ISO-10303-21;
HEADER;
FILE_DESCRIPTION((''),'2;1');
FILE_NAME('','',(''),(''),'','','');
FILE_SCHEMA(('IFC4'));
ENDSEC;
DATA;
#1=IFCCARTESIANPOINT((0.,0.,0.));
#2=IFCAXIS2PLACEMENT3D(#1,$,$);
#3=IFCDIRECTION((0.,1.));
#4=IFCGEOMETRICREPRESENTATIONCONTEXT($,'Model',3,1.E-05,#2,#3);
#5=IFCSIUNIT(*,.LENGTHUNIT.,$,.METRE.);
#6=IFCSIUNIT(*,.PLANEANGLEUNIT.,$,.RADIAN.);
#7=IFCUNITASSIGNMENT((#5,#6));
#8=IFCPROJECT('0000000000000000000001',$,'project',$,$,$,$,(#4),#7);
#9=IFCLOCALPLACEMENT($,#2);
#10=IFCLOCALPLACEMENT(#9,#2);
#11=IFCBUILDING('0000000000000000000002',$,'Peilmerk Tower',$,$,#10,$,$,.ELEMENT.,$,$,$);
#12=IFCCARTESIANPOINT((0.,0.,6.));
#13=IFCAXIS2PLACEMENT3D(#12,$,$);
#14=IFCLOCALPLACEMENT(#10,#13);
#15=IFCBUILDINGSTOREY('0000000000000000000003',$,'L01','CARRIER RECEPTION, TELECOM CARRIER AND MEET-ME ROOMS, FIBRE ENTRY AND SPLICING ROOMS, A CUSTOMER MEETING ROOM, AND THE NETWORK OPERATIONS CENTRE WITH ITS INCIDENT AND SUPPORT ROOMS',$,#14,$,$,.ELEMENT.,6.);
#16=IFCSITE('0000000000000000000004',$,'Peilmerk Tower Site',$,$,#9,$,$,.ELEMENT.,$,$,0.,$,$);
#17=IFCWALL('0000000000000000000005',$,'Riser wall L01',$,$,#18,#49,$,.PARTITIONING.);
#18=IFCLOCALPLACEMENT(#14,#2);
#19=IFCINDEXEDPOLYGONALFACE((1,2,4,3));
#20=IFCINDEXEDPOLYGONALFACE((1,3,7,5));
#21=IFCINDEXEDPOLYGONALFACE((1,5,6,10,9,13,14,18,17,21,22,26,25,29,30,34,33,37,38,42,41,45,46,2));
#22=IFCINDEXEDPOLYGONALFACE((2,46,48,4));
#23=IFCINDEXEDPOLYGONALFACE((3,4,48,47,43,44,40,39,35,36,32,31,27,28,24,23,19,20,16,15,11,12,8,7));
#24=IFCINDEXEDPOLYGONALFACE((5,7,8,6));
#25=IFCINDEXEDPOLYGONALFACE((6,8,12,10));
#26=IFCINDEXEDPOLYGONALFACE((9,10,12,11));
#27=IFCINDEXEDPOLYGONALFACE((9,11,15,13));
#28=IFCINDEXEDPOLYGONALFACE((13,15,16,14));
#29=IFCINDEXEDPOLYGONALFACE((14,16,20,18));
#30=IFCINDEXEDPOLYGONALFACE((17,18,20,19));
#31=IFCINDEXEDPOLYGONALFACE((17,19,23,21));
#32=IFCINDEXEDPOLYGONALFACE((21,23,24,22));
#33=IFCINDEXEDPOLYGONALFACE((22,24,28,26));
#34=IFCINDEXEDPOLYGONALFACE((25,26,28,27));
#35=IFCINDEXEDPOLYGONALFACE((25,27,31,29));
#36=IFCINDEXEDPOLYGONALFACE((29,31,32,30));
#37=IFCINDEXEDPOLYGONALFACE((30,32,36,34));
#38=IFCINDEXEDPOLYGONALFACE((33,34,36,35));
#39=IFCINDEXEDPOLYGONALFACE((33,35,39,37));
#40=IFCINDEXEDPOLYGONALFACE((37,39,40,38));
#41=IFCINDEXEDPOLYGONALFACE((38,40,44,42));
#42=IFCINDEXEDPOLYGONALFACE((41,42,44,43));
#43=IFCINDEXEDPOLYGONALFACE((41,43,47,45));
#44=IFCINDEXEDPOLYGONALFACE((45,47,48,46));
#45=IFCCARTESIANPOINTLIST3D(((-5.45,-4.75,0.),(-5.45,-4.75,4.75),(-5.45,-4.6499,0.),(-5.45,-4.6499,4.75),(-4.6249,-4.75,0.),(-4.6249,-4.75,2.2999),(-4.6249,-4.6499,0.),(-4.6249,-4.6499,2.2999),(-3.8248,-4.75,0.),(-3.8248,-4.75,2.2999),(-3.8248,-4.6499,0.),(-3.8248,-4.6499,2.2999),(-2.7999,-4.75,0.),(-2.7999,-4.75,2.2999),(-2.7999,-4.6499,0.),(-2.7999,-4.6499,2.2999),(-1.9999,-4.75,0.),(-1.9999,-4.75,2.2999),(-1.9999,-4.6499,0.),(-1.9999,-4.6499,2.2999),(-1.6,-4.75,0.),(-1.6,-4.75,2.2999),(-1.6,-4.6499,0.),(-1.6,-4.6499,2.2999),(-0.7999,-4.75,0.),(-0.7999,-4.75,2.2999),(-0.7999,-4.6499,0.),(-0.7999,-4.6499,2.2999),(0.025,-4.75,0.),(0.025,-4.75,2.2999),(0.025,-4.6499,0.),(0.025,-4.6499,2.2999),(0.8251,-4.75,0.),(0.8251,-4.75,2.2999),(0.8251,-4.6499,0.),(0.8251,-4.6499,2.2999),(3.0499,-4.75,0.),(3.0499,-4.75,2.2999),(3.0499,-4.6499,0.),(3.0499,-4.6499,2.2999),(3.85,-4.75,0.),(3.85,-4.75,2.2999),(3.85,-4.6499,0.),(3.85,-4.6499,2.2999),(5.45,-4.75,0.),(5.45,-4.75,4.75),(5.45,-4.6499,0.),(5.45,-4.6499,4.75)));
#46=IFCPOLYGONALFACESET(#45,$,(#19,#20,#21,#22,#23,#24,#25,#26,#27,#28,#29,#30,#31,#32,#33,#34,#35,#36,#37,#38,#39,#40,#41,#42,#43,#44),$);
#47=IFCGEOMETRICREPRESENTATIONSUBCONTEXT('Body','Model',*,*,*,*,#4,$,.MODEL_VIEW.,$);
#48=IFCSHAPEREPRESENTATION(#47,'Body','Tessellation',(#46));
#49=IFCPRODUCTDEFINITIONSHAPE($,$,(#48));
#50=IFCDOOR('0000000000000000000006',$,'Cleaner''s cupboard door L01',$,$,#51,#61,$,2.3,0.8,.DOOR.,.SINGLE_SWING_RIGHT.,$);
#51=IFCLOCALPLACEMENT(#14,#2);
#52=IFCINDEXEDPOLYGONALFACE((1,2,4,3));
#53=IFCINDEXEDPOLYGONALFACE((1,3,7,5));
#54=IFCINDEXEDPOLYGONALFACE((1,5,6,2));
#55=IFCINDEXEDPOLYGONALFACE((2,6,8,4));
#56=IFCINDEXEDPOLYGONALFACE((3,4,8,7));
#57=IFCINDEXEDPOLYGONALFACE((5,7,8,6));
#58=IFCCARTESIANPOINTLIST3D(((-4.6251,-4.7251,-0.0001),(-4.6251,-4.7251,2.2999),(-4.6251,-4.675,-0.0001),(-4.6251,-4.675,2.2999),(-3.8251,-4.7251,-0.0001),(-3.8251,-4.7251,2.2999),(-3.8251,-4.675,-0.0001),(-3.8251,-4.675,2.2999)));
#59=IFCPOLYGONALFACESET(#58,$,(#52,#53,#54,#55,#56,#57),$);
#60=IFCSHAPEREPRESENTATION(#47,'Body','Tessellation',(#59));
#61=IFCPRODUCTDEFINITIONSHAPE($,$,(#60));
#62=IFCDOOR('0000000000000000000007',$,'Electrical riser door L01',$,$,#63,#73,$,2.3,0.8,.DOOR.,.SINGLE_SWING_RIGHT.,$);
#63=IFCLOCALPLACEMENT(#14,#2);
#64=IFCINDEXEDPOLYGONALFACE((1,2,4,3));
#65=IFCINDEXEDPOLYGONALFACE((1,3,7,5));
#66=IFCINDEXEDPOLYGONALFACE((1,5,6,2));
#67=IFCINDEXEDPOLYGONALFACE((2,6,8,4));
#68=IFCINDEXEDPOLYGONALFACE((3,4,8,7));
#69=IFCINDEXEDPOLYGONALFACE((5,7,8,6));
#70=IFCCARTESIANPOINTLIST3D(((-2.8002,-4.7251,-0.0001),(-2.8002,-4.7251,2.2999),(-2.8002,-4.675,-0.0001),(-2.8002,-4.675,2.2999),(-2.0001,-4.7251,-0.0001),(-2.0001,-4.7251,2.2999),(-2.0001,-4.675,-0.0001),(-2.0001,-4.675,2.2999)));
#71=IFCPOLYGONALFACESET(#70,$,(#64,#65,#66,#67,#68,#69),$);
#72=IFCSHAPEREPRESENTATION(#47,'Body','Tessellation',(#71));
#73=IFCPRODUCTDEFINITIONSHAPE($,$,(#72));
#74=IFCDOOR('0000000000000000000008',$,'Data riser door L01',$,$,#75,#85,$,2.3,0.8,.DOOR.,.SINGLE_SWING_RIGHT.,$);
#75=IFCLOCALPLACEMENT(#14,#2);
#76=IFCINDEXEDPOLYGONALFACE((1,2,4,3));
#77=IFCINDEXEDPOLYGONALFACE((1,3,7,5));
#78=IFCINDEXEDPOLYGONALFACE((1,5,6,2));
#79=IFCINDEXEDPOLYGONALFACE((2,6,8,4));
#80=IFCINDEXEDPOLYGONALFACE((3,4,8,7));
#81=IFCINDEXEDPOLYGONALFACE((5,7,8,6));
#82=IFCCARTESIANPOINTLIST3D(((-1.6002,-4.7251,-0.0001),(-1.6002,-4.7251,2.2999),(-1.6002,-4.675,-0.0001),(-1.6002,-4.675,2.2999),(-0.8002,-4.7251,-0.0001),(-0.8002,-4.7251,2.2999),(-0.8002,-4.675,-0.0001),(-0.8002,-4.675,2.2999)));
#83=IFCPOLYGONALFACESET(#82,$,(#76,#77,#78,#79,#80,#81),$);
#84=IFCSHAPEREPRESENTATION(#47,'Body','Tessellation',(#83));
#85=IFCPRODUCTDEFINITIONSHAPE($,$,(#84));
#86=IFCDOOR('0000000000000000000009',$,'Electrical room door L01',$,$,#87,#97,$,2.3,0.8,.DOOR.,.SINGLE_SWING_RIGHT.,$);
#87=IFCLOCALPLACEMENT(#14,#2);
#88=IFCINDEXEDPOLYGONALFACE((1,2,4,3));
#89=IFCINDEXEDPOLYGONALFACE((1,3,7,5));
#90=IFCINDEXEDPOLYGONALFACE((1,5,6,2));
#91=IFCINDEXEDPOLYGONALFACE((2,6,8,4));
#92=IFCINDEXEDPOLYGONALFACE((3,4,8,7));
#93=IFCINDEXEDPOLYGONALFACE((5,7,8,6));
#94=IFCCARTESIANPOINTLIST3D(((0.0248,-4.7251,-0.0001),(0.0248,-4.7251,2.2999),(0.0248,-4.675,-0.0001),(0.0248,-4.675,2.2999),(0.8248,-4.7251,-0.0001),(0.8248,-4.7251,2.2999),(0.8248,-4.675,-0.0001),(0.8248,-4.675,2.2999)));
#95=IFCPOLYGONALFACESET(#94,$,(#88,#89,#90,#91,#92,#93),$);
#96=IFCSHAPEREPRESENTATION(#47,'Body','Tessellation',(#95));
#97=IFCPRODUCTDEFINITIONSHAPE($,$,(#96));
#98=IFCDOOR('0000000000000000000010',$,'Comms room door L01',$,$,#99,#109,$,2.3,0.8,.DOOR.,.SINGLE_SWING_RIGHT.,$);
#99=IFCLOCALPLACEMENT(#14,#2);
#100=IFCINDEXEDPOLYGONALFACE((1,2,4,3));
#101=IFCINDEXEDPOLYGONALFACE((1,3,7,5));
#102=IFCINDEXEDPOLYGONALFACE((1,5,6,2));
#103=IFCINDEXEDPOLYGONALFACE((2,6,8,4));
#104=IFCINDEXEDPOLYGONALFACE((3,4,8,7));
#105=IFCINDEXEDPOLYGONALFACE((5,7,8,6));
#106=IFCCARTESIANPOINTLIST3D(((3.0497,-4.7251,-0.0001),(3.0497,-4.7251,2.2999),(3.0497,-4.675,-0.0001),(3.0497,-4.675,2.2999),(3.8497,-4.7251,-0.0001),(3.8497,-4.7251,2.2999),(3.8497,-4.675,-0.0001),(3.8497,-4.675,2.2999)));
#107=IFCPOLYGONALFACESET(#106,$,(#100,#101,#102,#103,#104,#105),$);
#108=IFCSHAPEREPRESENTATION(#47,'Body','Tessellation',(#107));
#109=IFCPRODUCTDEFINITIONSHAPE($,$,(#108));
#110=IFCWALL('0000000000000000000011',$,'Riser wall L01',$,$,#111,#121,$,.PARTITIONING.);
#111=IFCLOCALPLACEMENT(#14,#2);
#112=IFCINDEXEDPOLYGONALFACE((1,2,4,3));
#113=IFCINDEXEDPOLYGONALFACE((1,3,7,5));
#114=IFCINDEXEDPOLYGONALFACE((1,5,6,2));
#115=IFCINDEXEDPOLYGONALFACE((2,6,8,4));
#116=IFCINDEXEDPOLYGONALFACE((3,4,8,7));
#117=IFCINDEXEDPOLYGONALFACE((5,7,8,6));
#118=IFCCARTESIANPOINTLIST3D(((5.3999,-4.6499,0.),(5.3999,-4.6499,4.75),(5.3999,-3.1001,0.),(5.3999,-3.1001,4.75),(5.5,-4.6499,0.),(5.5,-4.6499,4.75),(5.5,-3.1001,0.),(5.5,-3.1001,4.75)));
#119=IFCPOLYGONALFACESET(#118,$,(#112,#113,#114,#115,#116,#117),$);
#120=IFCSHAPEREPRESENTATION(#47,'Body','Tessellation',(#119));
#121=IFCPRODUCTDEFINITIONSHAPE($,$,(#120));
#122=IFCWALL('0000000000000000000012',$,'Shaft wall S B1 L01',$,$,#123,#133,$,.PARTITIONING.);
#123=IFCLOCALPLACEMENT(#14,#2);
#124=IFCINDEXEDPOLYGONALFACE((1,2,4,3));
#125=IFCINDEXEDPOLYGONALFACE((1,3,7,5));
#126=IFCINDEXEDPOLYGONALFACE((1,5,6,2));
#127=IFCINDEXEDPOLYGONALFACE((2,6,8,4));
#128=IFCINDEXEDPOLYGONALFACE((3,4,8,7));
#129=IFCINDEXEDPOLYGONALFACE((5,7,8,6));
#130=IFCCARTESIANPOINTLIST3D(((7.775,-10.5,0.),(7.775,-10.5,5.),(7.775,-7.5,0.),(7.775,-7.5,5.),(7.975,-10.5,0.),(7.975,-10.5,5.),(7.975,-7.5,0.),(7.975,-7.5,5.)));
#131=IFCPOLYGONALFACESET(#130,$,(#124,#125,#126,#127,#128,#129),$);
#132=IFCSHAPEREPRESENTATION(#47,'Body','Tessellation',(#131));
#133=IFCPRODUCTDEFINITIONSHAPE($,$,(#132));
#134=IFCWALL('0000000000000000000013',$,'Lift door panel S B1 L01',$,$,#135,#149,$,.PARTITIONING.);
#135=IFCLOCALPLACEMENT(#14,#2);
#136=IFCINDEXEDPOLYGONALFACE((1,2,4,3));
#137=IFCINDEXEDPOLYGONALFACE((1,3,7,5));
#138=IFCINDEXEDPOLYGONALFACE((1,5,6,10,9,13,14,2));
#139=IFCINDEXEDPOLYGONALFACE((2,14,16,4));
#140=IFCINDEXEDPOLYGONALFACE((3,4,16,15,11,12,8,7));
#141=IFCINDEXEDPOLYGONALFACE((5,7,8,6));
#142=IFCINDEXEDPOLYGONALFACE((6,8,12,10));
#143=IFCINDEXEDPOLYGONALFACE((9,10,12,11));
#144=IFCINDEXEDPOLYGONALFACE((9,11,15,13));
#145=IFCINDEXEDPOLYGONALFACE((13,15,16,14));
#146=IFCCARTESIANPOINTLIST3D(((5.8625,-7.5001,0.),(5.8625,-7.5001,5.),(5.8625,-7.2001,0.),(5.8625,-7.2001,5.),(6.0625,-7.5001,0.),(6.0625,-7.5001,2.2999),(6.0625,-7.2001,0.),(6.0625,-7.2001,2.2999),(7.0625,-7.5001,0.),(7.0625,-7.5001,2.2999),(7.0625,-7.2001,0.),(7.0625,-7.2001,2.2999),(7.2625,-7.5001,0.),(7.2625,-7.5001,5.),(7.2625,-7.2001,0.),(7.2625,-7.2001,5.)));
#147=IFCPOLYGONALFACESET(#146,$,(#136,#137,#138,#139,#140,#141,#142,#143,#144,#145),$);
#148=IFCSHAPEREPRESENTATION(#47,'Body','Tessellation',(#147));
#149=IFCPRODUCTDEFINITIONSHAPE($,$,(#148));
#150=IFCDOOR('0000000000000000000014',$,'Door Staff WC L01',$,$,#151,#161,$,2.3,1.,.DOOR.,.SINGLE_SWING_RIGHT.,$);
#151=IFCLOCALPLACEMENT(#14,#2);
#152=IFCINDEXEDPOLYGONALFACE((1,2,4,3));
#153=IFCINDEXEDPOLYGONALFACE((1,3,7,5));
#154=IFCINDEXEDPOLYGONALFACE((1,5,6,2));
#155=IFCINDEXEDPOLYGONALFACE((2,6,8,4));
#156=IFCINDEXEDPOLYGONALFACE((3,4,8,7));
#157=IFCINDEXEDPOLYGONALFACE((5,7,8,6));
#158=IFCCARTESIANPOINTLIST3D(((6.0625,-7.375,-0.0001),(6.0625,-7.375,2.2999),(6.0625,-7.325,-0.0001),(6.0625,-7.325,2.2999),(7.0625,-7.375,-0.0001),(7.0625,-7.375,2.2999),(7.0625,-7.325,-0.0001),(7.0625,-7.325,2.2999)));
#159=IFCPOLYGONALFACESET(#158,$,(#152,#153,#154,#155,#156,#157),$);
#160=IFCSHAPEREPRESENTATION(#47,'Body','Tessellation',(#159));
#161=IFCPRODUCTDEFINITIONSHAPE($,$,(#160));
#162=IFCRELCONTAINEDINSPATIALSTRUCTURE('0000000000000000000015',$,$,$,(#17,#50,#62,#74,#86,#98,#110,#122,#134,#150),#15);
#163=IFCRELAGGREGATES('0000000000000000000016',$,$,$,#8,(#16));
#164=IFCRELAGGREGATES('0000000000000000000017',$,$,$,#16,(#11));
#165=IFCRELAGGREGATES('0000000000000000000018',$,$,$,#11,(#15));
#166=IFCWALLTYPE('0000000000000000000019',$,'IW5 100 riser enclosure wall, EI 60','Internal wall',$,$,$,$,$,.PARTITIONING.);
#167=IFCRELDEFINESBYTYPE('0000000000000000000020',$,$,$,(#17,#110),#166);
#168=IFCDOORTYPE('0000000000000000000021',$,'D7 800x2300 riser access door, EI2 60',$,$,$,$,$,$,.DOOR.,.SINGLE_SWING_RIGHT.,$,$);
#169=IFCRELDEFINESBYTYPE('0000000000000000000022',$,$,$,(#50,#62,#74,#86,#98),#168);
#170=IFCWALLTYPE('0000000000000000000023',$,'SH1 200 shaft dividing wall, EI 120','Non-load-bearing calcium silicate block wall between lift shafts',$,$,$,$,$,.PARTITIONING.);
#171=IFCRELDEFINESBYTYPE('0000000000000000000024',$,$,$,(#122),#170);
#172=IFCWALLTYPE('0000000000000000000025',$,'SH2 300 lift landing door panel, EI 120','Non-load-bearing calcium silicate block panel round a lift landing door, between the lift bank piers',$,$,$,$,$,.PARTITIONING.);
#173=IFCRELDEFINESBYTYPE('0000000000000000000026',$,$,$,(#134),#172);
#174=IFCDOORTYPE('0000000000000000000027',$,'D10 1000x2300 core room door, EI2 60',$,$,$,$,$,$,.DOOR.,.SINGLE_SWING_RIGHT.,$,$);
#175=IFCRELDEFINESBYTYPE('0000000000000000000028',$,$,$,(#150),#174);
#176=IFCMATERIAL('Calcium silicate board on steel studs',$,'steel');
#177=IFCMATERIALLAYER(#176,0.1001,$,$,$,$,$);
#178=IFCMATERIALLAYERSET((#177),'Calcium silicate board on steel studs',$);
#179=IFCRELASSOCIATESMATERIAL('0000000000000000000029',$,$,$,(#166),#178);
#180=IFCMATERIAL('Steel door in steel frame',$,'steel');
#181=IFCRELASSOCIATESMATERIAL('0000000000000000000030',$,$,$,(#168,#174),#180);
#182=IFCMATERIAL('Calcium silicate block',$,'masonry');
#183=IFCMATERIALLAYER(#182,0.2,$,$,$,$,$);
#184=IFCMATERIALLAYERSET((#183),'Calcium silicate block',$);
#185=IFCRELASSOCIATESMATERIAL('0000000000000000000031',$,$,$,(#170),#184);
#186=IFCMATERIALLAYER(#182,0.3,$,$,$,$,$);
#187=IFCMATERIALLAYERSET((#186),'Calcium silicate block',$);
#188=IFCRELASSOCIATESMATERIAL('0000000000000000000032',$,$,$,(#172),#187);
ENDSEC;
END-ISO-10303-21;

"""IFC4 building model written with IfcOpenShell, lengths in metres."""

from ifc_helpers import new_model, si_unit, direction, frame, frame_2d, origin, place, context, subcontext, project, spatial, rectangle, extrude, material, layer, layer_set, type_object, element, fill, save


model = new_model("IFC4")

# Units and contexts
model_context = context("Model", 3, precision=1e-05, world=origin(), true_north=direction((0.0, 1.0)))
body_context = subcontext(model_context, "Body", "Model", "MODEL_VIEW")
ifc_project = project(units=[si_unit("LENGTHUNIT", "METRE"), si_unit("PLANEANGLEUNIT", "RADIAN")], contexts=[model_context])

# Site, building, storey
site_placement = place(None, origin())
site = spatial("IfcSite", under=ifc_project, at=site_placement, Name="Peilmerk Tower Site", CompositionType="ELEMENT", RefElevation=0.0)
building_placement = place(site_placement, origin())
building = spatial("IfcBuilding", under=site, at=building_placement, Name="Peilmerk Tower", CompositionType="ELEMENT")
storey_placement = place(building_placement, frame((0.0, 0.0, 6.0)))
storey = spatial("IfcBuildingStorey", under=building, at=storey_placement, Name="L01", Description="CARRIER RECEPTION, TELECOM CARRIER AND MEET-ME ROOMS, FIBRE ENTRY AND SPLICING ROOMS, A CUSTOMER MEETING ROOM, AND THE NETWORK OPERATIONS CENTRE WITH ITS INCIDENT AND SUPPORT ROOMS", CompositionType="ELEMENT", Elevation=6.0)

# Shared definitions
ifc_material_1 = material(Name="Steel door in steel frame", Category="steel")

# Shared definitions
ifc_material_2 = material(Name="Calcium silicate board on steel studs", Category="steel")
ifc_layer_1 = layer(ifc_material_2, 0.1001)
ifc_layer_set_1 = layer_set([ifc_layer_1], Name="Calcium silicate board on steel studs")
wall_type_1 = type_object("IfcWallType", Name="IW5 100 riser enclosure wall, EI 60", Description="Internal wall", PredefinedType="PARTITIONING", material=ifc_layer_set_1)

# Wall, openings, doors
wall_1_placement = place(storey_placement, frame((5.45, -4.7, 0.0), z_axis=(0.0, 0.0, 1.0), x_axis=(-1.0, 0.0, 0.0)))
wall_1 = element("IfcWall", 1, at=wall_1_placement, inside=storey, type_object=wall_type_1, Name="Riser wall L01", PredefinedType="PARTITIONING", context=body_context, shape_type="SweptSolid", body=[
    extrude(rectangle(XDim=10.8999, YDim=0.1001, at=frame_2d((5.45, 0.0))), origin(), (0.0, 0.0, 1.0), 4.75),
])
opening_1_placement = place(wall_1_placement, frame((9.2749, 0.0, 0.0)))
opening_1 = element("IfcOpeningElement", 2, at=opening_1_placement, cuts=wall_1, PredefinedType="OPENING", context=body_context, shape_type="SweptSolid", body=[
    extrude(rectangle(XDim=0.8, YDim=2.3, at=frame_2d((0.3999, 1.1499))), frame((0.0, 0.0601, 0.0), z_axis=(0.0, -1.0, 0.0), x_axis=(1.0, 0.0, 0.0)), (0.0, 0.0, 1.0), 0.1201),
])
opening_2_placement = place(wall_1_placement, frame((7.45, 0.0, 0.0)))
opening_2 = element("IfcOpeningElement", 3, at=opening_2_placement, cuts=wall_1, PredefinedType="OPENING", context=body_context, shape_type="SweptSolid", body=[
    extrude(rectangle(XDim=0.8, YDim=2.3, at=frame_2d((0.3999, 1.1499))), frame((0.0, 0.0601, 0.0), z_axis=(0.0, -1.0, 0.0), x_axis=(1.0, 0.0, 0.0)), (0.0, 0.0, 1.0), 0.1201),
])
opening_3_placement = place(wall_1_placement, frame((6.25, 0.0, 0.0)))
opening_3 = element("IfcOpeningElement", 4, at=opening_3_placement, cuts=wall_1, PredefinedType="OPENING", context=body_context, shape_type="SweptSolid", body=[
    extrude(rectangle(XDim=0.8, YDim=2.3, at=frame_2d((0.3999, 1.1499))), frame((0.0, 0.0601, 0.0), z_axis=(0.0, -1.0, 0.0), x_axis=(1.0, 0.0, 0.0)), (0.0, 0.0, 1.0), 0.1201),
])
opening_4_placement = place(wall_1_placement, frame((4.625, 0.0, 0.0)))
opening_4 = element("IfcOpeningElement", 5, at=opening_4_placement, cuts=wall_1, PredefinedType="OPENING", context=body_context, shape_type="SweptSolid", body=[
    extrude(rectangle(XDim=0.8, YDim=2.3, at=frame_2d((0.3999, 1.1499))), frame((0.0, 0.0601, 0.0), z_axis=(0.0, -1.0, 0.0), x_axis=(1.0, 0.0, 0.0)), (0.0, 0.0, 1.0), 0.1201),
])
opening_5_placement = place(wall_1_placement, frame((1.6001, 0.0, 0.0)))
opening_5 = element("IfcOpeningElement", 6, at=opening_5_placement, cuts=wall_1, PredefinedType="OPENING", context=body_context, shape_type="SweptSolid", body=[
    extrude(rectangle(XDim=0.8, YDim=2.3, at=frame_2d((0.3999, 1.1499))), frame((0.0, 0.0601, 0.0), z_axis=(0.0, -1.0, 0.0), x_axis=(1.0, 0.0, 0.0)), (0.0, 0.0, 1.0), 0.1201),
])
door_type_1 = type_object("IfcDoorType", Name="D7 800x2300 riser access door, EI2 60", OperationType="SINGLE_SWING_RIGHT", PredefinedType="DOOR", material=ifc_material_1)
door_1_placement = place(opening_1_placement, frame((0.8, 0.0, 0.0), z_axis=(0.0, 0.0, 1.0), x_axis=(-1.0, 0.0, 0.0)))
door_1 = element("IfcDoor", 7, at=door_1_placement, inside=storey, type_object=door_type_1, Name="Cleaner's cupboard door L01", OperationType="SINGLE_SWING_RIGHT", OverallHeight=2.3, OverallWidth=0.8, PredefinedType="DOOR", context=body_context, shape_type="SweptSolid", body=[
    extrude(rectangle(XDim=0.8, YDim=2.3, at=frame_2d((0.3999, 1.1499))), frame((0.0, 0.0249, 0.0), z_axis=(0.0, -1.0, 0.0), x_axis=(1.0, 0.0, 0.0)), (0.0, 0.0, 1.0), 0.05),
])
fill(opening_1, door_1)
door_2_placement = place(opening_2_placement, frame((0.8, 0.0, 0.0), z_axis=(0.0, 0.0, 1.0), x_axis=(-1.0, 0.0, 0.0)))
door_2 = element("IfcDoor", 8, at=door_2_placement, inside=storey, type_object=door_type_1, Name="Electrical riser door L01", OperationType="SINGLE_SWING_RIGHT", OverallHeight=2.3, OverallWidth=0.8, PredefinedType="DOOR", context=body_context, shape_type="SweptSolid", body=[
    extrude(rectangle(XDim=0.8, YDim=2.3, at=frame_2d((0.3999, 1.1499))), frame((0.0, 0.0249, 0.0), z_axis=(0.0, -1.0, 0.0), x_axis=(1.0, 0.0, 0.0)), (0.0, 0.0, 1.0), 0.05),
])
fill(opening_2, door_2)
door_3_placement = place(opening_3_placement, frame((0.8, 0.0, 0.0), z_axis=(0.0, 0.0, 1.0), x_axis=(-1.0, 0.0, 0.0)))
door_3 = element("IfcDoor", 9, at=door_3_placement, inside=storey, type_object=door_type_1, Name="Data riser door L01", OperationType="SINGLE_SWING_RIGHT", OverallHeight=2.3, OverallWidth=0.8, PredefinedType="DOOR", context=body_context, shape_type="SweptSolid", body=[
    extrude(rectangle(XDim=0.8, YDim=2.3, at=frame_2d((0.3999, 1.1499))), frame((0.0, 0.0249, 0.0), z_axis=(0.0, -1.0, 0.0), x_axis=(1.0, 0.0, 0.0)), (0.0, 0.0, 1.0), 0.05),
])
fill(opening_3, door_3)
door_4_placement = place(opening_4_placement, frame((0.8, 0.0, 0.0), z_axis=(0.0, 0.0, 1.0), x_axis=(-1.0, 0.0, 0.0)))
door_4 = element("IfcDoor", 10, at=door_4_placement, inside=storey, type_object=door_type_1, Name="Electrical room door L01", OperationType="SINGLE_SWING_RIGHT", OverallHeight=2.3, OverallWidth=0.8, PredefinedType="DOOR", context=body_context, shape_type="SweptSolid", body=[
    extrude(rectangle(XDim=0.8, YDim=2.3, at=frame_2d((0.3999, 1.1499))), frame((0.0, 0.0249, 0.0), z_axis=(0.0, -1.0, 0.0), x_axis=(1.0, 0.0, 0.0)), (0.0, 0.0, 1.0), 0.05),
])
fill(opening_4, door_4)
door_5_placement = place(opening_5_placement, frame((0.8, 0.0, 0.0), z_axis=(0.0, 0.0, 1.0), x_axis=(-1.0, 0.0, 0.0)))
door_5 = element("IfcDoor", 11, at=door_5_placement, inside=storey, type_object=door_type_1, Name="Comms room door L01", OperationType="SINGLE_SWING_RIGHT", OverallHeight=2.3, OverallWidth=0.8, PredefinedType="DOOR", context=body_context, shape_type="SweptSolid", body=[
    extrude(rectangle(XDim=0.8, YDim=2.3, at=frame_2d((0.3999, 1.1499))), frame((0.0, 0.0249, 0.0), z_axis=(0.0, -1.0, 0.0), x_axis=(1.0, 0.0, 0.0)), (0.0, 0.0, 1.0), 0.05),
])
fill(opening_5, door_5)

# Walls
wall_2_placement = place(storey_placement, frame((5.45, -3.1001, 0.0), z_axis=(0.0, 0.0, 1.0), x_axis=(0.0, -1.0, 0.0)))
element("IfcWall", 12, at=wall_2_placement, inside=storey, type_object=wall_type_1, Name="Riser wall L01", PredefinedType="PARTITIONING", context=body_context, shape_type="SweptSolid", body=[
    extrude(rectangle(XDim=1.5498, YDim=0.1001, at=frame_2d((0.7749, 0.0))), origin(), (0.0, 0.0, 1.0), 4.75),
])
ifc_material_3 = material(Name="Calcium silicate block", Category="masonry")
ifc_layer_2 = layer(ifc_material_3, 0.2)
ifc_layer_set_2 = layer_set([ifc_layer_2], Name="Calcium silicate block")
wall_type_2 = type_object("IfcWallType", Name="SH1 200 shaft dividing wall, EI 120", Description="Non-load-bearing calcium silicate block wall between lift shafts", PredefinedType="PARTITIONING", material=ifc_layer_set_2)
wall_3_placement = place(storey_placement, frame((7.875, -10.5, 0.0), z_axis=(0.0, 0.0, 1.0), x_axis=(0.0, 1.0, 0.0)))
element("IfcWall", 13, at=wall_3_placement, inside=storey, type_object=wall_type_2, Name="Shaft wall S B1 L01", PredefinedType="PARTITIONING", context=body_context, shape_type="SweptSolid", body=[
    extrude(rectangle(XDim=3.0, YDim=0.2, at=frame_2d((1.5, 0.0))), origin(), (0.0, 0.0, 1.0), 5.0),
])

# Wall, opening, door
ifc_layer_3 = layer(ifc_material_3, 0.3)
ifc_layer_set_3 = layer_set([ifc_layer_3], Name="Calcium silicate block")
wall_type_3 = type_object("IfcWallType", Name="SH2 300 lift landing door panel, EI 120", Description="Non-load-bearing calcium silicate block panel round a lift landing door, between the lift bank piers", PredefinedType="PARTITIONING", material=ifc_layer_set_3)
wall_4_placement = place(storey_placement, frame((5.8625, -7.3501, 0.0), z_axis=(0.0, 0.0, 1.0), x_axis=(1.0, 0.0, 0.0)))
wall_4 = element("IfcWall", 14, at=wall_4_placement, inside=storey, type_object=wall_type_3, Name="Lift door panel S B1 L01", PredefinedType="PARTITIONING", context=body_context, shape_type="SweptSolid", body=[
    extrude(rectangle(XDim=1.3999, YDim=0.3, at=frame_2d((0.7, 0.0))), origin(), (0.0, 0.0, 1.0), 5.0),
])
opening_6_placement = place(wall_4_placement, frame((0.2, 0.0, 0.0)))
opening_6 = element("IfcOpeningElement", 15, at=opening_6_placement, cuts=wall_4, PredefinedType="OPENING", context=body_context, shape_type="SweptSolid", body=[
    extrude(rectangle(XDim=1.0, YDim=2.3, at=frame_2d((0.5, 1.1499))), frame((0.0, 0.1599, 0.0), z_axis=(0.0, -1.0, 0.0), x_axis=(1.0, 0.0, 0.0)), (0.0, 0.0, 1.0), 0.3201),
])
door_type_2 = type_object("IfcDoorType", Name="D10 1000x2300 core room door, EI2 60", OperationType="SINGLE_SWING_RIGHT", PredefinedType="DOOR", material=ifc_material_1)
door_6_placement = place(opening_6_placement, frame((1.0, 0.0, 0.0), z_axis=(0.0, 0.0, 1.0), x_axis=(-1.0, 0.0, 0.0)))
door_6 = element("IfcDoor", 16, at=door_6_placement, inside=storey, type_object=door_type_2, Name="Door Staff WC L01", OperationType="SINGLE_SWING_RIGHT", OverallHeight=2.3, OverallWidth=1.0, PredefinedType="DOOR", context=body_context, shape_type="SweptSolid", body=[
    extrude(rectangle(XDim=1.0, YDim=2.3, at=frame_2d((0.5, 1.1499))), frame((0.0, 0.0249, 0.0), z_axis=(0.0, -1.0, 0.0), x_axis=(1.0, 0.0, 0.0)), (0.0, 0.0, 1.0), 0.05),
])
fill(opening_6, door_6)

save(model, "model.ifc")
